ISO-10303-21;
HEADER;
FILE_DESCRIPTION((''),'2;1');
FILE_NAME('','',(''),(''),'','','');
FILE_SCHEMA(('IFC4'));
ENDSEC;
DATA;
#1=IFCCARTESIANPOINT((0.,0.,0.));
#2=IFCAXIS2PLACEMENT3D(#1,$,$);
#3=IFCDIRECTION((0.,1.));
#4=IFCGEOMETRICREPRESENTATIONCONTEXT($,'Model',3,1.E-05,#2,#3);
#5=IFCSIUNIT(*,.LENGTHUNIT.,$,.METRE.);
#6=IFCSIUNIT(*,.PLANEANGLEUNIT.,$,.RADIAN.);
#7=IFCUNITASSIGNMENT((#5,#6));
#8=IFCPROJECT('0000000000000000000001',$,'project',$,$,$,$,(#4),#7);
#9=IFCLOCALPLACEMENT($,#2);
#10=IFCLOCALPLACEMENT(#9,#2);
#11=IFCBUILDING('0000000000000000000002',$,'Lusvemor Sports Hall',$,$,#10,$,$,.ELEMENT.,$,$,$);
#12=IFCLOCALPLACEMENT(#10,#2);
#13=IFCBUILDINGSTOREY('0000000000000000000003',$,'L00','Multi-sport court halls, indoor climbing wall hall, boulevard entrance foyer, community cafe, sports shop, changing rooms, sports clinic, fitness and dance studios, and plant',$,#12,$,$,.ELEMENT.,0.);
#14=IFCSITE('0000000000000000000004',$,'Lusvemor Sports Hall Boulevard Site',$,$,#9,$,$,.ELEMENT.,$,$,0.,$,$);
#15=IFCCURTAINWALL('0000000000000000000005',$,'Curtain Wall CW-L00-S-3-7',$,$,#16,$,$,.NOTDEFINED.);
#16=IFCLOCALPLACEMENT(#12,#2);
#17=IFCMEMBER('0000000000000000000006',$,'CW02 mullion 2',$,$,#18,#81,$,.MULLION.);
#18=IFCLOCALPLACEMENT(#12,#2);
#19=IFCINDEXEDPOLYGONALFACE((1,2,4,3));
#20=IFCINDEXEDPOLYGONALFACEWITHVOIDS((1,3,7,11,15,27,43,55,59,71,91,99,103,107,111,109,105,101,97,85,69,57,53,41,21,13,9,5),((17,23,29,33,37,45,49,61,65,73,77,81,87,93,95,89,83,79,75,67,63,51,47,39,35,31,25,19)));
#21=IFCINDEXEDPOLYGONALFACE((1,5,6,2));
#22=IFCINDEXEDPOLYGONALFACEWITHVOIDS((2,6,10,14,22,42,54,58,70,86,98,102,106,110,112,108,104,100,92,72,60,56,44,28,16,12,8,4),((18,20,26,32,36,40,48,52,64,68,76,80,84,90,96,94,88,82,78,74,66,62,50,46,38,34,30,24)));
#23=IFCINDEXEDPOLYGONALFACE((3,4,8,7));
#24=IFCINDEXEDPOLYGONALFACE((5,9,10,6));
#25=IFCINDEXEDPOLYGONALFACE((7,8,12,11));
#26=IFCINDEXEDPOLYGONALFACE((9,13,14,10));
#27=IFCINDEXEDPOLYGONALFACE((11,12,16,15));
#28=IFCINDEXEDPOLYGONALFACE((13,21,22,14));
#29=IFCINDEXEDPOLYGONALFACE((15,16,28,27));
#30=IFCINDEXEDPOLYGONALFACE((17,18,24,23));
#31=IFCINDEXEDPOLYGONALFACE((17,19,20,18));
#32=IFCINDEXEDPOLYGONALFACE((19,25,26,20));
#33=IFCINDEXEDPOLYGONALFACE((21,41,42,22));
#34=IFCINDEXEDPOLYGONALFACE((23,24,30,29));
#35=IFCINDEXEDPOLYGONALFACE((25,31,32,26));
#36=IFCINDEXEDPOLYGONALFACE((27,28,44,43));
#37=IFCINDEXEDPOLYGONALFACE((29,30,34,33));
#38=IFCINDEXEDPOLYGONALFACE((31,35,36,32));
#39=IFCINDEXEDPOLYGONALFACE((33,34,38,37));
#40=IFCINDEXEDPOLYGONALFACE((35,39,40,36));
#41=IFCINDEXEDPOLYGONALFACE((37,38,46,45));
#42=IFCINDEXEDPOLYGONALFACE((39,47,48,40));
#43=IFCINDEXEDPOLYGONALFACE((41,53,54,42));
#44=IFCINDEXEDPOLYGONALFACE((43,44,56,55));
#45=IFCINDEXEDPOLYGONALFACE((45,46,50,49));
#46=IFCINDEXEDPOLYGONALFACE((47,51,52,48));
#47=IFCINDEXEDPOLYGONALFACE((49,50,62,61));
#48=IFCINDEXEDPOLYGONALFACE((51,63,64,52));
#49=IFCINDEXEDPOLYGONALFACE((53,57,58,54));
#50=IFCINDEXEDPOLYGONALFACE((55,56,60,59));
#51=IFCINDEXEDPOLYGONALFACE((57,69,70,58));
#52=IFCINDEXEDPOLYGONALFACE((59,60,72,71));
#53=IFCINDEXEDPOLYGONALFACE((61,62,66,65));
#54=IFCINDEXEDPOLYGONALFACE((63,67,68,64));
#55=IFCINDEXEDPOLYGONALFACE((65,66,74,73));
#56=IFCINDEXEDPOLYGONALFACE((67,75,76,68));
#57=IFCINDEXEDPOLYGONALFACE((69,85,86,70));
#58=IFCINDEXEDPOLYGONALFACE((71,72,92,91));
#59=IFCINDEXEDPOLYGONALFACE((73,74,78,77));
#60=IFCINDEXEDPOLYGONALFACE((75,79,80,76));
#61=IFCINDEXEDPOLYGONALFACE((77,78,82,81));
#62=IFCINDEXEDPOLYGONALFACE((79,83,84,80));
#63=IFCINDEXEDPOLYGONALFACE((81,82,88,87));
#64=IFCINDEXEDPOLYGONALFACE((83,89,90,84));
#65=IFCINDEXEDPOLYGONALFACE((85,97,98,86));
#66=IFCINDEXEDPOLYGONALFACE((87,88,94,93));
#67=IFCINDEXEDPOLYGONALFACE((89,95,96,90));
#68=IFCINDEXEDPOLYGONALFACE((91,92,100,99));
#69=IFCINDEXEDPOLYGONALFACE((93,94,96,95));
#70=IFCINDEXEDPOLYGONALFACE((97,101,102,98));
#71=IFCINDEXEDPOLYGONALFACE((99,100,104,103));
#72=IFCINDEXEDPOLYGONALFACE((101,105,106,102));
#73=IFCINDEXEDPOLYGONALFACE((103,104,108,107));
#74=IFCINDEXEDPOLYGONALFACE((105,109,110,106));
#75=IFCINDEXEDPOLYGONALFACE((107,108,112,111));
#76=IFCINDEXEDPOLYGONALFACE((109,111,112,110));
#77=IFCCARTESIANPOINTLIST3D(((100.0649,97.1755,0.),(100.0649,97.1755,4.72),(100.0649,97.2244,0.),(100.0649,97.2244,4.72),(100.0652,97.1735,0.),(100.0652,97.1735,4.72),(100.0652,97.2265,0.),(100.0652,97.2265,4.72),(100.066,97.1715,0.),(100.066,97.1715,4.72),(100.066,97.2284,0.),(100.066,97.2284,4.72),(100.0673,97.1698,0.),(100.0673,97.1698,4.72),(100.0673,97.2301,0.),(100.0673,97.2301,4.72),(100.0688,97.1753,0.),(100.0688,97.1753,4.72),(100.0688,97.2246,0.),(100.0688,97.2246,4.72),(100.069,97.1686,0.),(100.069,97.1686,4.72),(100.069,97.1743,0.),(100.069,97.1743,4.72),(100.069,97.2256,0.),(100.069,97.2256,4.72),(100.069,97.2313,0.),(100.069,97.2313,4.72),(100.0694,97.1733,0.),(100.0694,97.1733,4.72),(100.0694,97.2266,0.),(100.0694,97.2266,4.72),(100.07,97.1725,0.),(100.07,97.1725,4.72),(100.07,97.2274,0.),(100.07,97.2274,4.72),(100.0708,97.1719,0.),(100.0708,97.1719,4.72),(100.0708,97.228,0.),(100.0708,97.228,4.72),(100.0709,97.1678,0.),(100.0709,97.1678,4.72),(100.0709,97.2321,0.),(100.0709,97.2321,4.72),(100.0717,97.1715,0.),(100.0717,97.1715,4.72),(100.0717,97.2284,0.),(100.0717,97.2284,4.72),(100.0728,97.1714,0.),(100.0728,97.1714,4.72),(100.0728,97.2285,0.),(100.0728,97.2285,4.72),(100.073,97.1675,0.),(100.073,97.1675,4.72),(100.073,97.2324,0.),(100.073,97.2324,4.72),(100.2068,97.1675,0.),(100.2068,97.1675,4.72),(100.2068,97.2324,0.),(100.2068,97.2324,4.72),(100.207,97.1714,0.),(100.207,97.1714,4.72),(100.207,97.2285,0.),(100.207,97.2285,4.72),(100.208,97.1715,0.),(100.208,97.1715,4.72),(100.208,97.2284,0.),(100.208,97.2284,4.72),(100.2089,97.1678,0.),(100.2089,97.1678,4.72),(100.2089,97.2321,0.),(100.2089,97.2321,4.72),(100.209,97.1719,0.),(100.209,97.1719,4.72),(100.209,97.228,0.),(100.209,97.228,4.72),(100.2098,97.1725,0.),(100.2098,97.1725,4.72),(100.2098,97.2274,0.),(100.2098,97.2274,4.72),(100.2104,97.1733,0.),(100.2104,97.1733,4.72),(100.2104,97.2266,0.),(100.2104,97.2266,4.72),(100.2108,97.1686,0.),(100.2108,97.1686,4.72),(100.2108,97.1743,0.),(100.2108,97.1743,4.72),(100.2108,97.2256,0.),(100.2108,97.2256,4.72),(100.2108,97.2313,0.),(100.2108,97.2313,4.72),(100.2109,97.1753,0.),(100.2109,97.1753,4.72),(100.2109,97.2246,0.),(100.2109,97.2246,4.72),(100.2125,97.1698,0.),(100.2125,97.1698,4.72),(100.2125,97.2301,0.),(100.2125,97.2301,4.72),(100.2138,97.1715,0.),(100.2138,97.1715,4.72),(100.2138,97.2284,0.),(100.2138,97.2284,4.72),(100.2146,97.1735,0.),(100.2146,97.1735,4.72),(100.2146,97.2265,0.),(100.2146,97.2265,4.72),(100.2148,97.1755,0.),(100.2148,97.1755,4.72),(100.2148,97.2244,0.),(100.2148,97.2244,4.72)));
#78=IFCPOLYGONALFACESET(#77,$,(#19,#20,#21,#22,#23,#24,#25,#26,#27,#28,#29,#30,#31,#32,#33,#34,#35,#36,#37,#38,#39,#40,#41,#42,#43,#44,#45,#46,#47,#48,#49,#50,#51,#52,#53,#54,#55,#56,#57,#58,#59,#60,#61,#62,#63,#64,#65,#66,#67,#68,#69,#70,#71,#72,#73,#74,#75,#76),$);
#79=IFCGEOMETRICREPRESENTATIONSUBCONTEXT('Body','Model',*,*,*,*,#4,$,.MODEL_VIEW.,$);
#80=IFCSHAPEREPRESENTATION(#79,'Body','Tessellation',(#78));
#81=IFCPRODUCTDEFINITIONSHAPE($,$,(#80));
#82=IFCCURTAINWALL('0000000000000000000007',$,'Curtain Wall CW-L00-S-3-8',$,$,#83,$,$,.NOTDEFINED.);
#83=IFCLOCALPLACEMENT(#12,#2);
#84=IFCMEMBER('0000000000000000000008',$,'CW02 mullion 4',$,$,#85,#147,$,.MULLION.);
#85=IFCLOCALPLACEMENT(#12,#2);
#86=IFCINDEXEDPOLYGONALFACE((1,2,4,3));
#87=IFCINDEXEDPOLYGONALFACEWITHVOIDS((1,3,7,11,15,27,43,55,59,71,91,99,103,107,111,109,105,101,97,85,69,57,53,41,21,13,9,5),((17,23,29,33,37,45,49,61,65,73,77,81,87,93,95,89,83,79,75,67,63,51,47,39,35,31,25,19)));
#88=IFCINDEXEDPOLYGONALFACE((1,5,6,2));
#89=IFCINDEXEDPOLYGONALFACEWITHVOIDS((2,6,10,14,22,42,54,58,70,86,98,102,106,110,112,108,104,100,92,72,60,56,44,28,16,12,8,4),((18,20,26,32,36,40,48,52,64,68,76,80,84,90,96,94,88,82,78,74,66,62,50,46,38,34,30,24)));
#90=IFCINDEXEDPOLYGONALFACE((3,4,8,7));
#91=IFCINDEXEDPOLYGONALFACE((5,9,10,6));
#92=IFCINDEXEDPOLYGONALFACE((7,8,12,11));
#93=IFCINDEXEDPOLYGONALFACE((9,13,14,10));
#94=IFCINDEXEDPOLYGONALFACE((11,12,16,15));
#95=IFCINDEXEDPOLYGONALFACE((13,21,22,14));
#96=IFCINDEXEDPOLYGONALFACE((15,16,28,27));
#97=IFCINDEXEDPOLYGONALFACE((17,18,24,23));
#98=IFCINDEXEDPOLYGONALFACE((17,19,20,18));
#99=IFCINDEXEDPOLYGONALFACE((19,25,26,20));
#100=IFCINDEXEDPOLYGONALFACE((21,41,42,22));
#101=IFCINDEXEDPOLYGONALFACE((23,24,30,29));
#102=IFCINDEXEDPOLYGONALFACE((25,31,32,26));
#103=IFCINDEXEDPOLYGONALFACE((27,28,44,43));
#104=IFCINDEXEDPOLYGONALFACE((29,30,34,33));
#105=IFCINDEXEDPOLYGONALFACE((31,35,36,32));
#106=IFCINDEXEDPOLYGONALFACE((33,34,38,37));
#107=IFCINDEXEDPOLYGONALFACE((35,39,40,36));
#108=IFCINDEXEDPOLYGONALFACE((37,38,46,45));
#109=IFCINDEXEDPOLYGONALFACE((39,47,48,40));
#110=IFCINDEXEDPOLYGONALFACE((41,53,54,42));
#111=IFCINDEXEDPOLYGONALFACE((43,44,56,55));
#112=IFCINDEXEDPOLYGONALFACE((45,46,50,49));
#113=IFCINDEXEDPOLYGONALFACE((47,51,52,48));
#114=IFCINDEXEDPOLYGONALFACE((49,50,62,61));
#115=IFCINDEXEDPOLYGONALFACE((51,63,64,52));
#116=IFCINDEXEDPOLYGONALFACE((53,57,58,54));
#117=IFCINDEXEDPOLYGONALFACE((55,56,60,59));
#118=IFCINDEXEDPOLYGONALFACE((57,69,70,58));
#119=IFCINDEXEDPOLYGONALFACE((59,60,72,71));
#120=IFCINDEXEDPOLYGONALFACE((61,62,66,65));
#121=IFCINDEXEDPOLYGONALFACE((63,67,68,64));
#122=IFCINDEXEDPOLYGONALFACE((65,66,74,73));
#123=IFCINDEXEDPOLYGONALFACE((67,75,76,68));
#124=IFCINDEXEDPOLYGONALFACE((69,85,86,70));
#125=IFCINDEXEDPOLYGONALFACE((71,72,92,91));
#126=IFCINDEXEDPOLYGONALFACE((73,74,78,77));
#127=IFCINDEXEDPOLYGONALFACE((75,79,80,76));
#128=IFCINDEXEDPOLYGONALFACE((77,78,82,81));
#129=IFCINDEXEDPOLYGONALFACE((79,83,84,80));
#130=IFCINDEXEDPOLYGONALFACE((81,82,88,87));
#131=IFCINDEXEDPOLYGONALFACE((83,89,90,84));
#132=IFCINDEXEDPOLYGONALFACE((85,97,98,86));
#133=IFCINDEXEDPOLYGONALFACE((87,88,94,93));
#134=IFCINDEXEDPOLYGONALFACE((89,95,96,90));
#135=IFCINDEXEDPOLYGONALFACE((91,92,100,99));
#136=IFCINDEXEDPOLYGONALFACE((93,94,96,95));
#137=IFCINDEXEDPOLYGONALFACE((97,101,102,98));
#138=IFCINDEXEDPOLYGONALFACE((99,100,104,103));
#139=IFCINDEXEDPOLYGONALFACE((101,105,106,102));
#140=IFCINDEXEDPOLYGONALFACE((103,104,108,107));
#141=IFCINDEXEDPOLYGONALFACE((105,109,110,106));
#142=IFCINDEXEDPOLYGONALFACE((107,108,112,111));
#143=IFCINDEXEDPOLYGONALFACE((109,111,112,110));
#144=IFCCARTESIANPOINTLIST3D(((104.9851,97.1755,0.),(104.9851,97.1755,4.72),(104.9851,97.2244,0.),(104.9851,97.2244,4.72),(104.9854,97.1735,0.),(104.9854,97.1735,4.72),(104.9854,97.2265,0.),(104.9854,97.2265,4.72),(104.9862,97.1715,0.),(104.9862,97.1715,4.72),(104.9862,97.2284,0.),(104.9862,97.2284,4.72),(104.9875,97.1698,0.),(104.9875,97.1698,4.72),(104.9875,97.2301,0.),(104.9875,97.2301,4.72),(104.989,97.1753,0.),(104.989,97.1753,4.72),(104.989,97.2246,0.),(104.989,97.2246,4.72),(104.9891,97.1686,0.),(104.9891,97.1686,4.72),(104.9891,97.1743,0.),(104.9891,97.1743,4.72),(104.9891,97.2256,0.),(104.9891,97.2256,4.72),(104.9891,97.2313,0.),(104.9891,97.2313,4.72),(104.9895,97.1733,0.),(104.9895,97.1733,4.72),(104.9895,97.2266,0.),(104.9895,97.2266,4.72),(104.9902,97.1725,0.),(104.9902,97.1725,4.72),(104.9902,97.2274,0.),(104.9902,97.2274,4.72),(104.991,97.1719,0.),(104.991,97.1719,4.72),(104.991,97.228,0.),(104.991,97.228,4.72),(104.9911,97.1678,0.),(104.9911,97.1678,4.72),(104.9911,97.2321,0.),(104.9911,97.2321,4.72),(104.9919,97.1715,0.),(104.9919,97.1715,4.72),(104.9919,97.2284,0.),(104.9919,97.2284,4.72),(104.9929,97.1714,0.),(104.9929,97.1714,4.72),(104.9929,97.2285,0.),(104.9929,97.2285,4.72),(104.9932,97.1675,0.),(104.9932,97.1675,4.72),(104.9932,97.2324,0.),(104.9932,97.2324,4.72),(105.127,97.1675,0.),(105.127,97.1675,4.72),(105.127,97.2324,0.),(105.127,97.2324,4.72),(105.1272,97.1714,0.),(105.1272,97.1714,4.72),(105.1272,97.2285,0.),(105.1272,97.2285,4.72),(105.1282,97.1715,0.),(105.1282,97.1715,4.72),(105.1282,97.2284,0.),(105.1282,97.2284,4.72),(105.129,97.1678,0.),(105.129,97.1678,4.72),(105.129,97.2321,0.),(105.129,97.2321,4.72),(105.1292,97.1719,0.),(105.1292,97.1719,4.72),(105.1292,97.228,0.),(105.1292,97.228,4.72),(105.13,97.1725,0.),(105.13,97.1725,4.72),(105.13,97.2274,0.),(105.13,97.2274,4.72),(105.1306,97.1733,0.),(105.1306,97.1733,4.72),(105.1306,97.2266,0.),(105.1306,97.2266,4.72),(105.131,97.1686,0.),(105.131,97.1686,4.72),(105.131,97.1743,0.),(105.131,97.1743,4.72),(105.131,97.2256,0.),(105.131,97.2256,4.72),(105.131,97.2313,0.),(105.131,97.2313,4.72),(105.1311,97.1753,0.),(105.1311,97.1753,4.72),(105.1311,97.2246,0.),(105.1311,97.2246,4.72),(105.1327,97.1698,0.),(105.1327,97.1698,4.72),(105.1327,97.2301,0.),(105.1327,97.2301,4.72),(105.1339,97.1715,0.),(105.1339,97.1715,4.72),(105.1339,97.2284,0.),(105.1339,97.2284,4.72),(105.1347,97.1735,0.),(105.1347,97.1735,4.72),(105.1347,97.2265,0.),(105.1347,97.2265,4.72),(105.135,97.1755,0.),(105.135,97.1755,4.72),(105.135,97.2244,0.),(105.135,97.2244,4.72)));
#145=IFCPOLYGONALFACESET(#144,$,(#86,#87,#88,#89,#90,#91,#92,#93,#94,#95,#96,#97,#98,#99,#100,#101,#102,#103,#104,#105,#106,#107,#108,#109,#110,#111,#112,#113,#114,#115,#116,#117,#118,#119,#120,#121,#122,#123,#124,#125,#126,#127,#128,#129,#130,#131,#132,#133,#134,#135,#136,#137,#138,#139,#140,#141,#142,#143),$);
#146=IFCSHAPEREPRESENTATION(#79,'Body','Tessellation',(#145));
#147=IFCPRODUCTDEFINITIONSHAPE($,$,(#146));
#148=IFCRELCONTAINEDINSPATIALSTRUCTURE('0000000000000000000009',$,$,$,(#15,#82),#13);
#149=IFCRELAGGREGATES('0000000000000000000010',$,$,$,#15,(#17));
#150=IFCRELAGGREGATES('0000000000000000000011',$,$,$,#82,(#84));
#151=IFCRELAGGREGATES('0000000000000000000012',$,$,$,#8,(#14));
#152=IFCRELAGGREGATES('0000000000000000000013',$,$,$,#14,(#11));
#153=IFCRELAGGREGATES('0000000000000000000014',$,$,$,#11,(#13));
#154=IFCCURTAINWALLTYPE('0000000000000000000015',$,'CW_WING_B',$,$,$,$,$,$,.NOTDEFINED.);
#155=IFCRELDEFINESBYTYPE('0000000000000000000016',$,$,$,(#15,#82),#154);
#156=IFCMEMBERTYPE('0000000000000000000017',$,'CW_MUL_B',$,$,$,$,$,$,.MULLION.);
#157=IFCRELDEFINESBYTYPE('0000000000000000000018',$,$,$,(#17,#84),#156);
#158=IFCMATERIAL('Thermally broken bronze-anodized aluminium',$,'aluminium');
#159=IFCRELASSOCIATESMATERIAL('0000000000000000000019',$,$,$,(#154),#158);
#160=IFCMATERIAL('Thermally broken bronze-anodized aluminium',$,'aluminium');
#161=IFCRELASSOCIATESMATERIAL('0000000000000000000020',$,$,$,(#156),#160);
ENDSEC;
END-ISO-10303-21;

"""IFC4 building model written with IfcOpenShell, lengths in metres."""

from ifc_helpers import new_model, si_unit, direction, frame, origin, origin_2d, place, context, subcontext, project, spatial, hollow_rectangle, extrude, material, material_profile, profile_set, type_object, element, aggregate, save


model = new_model("IFC4")

# Units and contexts
model_context = context("Model", 3, precision=1e-05, world=origin(), true_north=direction((0.0, 1.0)))
body_context = subcontext(model_context, "Body", "Model", "MODEL_VIEW")
ifc_project = project(units=[si_unit("LENGTHUNIT", "METRE"), si_unit("PLANEANGLEUNIT", "RADIAN")], contexts=[model_context])

# Site, building, storey
site_placement = place(None, origin())
site = spatial("IfcSite", under=ifc_project, at=site_placement, Name="Lusvemor Sports Hall Boulevard Site", CompositionType="ELEMENT", RefElevation=0.0)
building_placement = place(site_placement, origin())
building = spatial("IfcBuilding", under=site, at=building_placement, Name="Lusvemor Sports Hall", CompositionType="ELEMENT")
storey_placement = place(building_placement, origin())
storey = spatial("IfcBuildingStorey", under=building, at=storey_placement, Name="L00", Description="Multi-sport court halls, indoor climbing wall hall, boulevard entrance foyer, community cafe, sports shop, changing rooms, sports clinic, fitness and dance studios, and plant", CompositionType="ELEMENT", Elevation=0.0)

# Curtain walls, members
ifc_material_1 = material(Name="Thermally broken bronze-anodized aluminium", Category="aluminium")
curtain_wall_type = type_object("IfcCurtainWallType", Name="CW_WING_B", PredefinedType="NOTDEFINED", material=ifc_material_1)
curtain_wall_1_placement = place(storey_placement, origin())
curtain_wall_1 = element("IfcCurtainWall", 1, at=curtain_wall_1_placement, inside=storey, type_object=curtain_wall_type, Name="Curtain Wall CW-L00-S-3-7", PredefinedType="NOTDEFINED")
ifc_material_2 = material(Name="Thermally broken bronze-anodized aluminium", Category="aluminium")
ifc_material_profile_1 = material_profile(ifc_material_2, hollow_rectangle(XDim=0.0649, YDim=0.1499, WallThickness=0.0039, InnerFilletRadius=0.0039, OuterFilletRadius=0.0081, at=origin_2d()), Name="CWMUL150x65x4")
ifc_profile_set_1 = profile_set([ifc_material_profile_1], Name="Thermally broken bronze-anodized aluminium")
member_type_1 = type_object("IfcMemberType", Name="CW_MUL_B", PredefinedType="MULLION", material=ifc_profile_set_1)
member_1_placement = place(storey_placement, frame((100.1399, 97.2, 0.0), z_axis=(0.0, 0.0, 1.0), x_axis=(0.0, -1.0, 0.0)))
member_1 = element("IfcMember", 2, at=member_1_placement, type_object=member_type_1, Name="CW02 mullion 2", PredefinedType="MULLION", context=body_context, shape_type="SweptSolid", body=[
    extrude(hollow_rectangle(XDim=0.0649, YDim=0.1499, WallThickness=0.0039, InnerFilletRadius=0.0039, OuterFilletRadius=0.0081, at=origin_2d()), origin(), (0.0, 0.0, 1.0), 4.72),
])
curtain_wall_2_placement = place(storey_placement, origin())
curtain_wall_2 = element("IfcCurtainWall", 3, at=curtain_wall_2_placement, inside=storey, type_object=curtain_wall_type, Name="Curtain Wall CW-L00-S-3-8", PredefinedType="NOTDEFINED")
member_2_placement = place(storey_placement, frame((105.0601, 97.2, 0.0), z_axis=(0.0, 0.0, 1.0), x_axis=(0.0, -1.0, 0.0)))
member_2 = element("IfcMember", 4, at=member_2_placement, type_object=member_type_1, Name="CW02 mullion 4", PredefinedType="MULLION", context=body_context, shape_type="SweptSolid", body=[
    extrude(hollow_rectangle(XDim=0.0649, YDim=0.1499, WallThickness=0.0039, InnerFilletRadius=0.0039, OuterFilletRadius=0.0081, at=origin_2d()), origin(), (0.0, 0.0, 1.0), 4.72),
])

aggregate(curtain_wall_1, [member_1])
aggregate(curtain_wall_2, [member_2])

save(model, "model.ifc")
